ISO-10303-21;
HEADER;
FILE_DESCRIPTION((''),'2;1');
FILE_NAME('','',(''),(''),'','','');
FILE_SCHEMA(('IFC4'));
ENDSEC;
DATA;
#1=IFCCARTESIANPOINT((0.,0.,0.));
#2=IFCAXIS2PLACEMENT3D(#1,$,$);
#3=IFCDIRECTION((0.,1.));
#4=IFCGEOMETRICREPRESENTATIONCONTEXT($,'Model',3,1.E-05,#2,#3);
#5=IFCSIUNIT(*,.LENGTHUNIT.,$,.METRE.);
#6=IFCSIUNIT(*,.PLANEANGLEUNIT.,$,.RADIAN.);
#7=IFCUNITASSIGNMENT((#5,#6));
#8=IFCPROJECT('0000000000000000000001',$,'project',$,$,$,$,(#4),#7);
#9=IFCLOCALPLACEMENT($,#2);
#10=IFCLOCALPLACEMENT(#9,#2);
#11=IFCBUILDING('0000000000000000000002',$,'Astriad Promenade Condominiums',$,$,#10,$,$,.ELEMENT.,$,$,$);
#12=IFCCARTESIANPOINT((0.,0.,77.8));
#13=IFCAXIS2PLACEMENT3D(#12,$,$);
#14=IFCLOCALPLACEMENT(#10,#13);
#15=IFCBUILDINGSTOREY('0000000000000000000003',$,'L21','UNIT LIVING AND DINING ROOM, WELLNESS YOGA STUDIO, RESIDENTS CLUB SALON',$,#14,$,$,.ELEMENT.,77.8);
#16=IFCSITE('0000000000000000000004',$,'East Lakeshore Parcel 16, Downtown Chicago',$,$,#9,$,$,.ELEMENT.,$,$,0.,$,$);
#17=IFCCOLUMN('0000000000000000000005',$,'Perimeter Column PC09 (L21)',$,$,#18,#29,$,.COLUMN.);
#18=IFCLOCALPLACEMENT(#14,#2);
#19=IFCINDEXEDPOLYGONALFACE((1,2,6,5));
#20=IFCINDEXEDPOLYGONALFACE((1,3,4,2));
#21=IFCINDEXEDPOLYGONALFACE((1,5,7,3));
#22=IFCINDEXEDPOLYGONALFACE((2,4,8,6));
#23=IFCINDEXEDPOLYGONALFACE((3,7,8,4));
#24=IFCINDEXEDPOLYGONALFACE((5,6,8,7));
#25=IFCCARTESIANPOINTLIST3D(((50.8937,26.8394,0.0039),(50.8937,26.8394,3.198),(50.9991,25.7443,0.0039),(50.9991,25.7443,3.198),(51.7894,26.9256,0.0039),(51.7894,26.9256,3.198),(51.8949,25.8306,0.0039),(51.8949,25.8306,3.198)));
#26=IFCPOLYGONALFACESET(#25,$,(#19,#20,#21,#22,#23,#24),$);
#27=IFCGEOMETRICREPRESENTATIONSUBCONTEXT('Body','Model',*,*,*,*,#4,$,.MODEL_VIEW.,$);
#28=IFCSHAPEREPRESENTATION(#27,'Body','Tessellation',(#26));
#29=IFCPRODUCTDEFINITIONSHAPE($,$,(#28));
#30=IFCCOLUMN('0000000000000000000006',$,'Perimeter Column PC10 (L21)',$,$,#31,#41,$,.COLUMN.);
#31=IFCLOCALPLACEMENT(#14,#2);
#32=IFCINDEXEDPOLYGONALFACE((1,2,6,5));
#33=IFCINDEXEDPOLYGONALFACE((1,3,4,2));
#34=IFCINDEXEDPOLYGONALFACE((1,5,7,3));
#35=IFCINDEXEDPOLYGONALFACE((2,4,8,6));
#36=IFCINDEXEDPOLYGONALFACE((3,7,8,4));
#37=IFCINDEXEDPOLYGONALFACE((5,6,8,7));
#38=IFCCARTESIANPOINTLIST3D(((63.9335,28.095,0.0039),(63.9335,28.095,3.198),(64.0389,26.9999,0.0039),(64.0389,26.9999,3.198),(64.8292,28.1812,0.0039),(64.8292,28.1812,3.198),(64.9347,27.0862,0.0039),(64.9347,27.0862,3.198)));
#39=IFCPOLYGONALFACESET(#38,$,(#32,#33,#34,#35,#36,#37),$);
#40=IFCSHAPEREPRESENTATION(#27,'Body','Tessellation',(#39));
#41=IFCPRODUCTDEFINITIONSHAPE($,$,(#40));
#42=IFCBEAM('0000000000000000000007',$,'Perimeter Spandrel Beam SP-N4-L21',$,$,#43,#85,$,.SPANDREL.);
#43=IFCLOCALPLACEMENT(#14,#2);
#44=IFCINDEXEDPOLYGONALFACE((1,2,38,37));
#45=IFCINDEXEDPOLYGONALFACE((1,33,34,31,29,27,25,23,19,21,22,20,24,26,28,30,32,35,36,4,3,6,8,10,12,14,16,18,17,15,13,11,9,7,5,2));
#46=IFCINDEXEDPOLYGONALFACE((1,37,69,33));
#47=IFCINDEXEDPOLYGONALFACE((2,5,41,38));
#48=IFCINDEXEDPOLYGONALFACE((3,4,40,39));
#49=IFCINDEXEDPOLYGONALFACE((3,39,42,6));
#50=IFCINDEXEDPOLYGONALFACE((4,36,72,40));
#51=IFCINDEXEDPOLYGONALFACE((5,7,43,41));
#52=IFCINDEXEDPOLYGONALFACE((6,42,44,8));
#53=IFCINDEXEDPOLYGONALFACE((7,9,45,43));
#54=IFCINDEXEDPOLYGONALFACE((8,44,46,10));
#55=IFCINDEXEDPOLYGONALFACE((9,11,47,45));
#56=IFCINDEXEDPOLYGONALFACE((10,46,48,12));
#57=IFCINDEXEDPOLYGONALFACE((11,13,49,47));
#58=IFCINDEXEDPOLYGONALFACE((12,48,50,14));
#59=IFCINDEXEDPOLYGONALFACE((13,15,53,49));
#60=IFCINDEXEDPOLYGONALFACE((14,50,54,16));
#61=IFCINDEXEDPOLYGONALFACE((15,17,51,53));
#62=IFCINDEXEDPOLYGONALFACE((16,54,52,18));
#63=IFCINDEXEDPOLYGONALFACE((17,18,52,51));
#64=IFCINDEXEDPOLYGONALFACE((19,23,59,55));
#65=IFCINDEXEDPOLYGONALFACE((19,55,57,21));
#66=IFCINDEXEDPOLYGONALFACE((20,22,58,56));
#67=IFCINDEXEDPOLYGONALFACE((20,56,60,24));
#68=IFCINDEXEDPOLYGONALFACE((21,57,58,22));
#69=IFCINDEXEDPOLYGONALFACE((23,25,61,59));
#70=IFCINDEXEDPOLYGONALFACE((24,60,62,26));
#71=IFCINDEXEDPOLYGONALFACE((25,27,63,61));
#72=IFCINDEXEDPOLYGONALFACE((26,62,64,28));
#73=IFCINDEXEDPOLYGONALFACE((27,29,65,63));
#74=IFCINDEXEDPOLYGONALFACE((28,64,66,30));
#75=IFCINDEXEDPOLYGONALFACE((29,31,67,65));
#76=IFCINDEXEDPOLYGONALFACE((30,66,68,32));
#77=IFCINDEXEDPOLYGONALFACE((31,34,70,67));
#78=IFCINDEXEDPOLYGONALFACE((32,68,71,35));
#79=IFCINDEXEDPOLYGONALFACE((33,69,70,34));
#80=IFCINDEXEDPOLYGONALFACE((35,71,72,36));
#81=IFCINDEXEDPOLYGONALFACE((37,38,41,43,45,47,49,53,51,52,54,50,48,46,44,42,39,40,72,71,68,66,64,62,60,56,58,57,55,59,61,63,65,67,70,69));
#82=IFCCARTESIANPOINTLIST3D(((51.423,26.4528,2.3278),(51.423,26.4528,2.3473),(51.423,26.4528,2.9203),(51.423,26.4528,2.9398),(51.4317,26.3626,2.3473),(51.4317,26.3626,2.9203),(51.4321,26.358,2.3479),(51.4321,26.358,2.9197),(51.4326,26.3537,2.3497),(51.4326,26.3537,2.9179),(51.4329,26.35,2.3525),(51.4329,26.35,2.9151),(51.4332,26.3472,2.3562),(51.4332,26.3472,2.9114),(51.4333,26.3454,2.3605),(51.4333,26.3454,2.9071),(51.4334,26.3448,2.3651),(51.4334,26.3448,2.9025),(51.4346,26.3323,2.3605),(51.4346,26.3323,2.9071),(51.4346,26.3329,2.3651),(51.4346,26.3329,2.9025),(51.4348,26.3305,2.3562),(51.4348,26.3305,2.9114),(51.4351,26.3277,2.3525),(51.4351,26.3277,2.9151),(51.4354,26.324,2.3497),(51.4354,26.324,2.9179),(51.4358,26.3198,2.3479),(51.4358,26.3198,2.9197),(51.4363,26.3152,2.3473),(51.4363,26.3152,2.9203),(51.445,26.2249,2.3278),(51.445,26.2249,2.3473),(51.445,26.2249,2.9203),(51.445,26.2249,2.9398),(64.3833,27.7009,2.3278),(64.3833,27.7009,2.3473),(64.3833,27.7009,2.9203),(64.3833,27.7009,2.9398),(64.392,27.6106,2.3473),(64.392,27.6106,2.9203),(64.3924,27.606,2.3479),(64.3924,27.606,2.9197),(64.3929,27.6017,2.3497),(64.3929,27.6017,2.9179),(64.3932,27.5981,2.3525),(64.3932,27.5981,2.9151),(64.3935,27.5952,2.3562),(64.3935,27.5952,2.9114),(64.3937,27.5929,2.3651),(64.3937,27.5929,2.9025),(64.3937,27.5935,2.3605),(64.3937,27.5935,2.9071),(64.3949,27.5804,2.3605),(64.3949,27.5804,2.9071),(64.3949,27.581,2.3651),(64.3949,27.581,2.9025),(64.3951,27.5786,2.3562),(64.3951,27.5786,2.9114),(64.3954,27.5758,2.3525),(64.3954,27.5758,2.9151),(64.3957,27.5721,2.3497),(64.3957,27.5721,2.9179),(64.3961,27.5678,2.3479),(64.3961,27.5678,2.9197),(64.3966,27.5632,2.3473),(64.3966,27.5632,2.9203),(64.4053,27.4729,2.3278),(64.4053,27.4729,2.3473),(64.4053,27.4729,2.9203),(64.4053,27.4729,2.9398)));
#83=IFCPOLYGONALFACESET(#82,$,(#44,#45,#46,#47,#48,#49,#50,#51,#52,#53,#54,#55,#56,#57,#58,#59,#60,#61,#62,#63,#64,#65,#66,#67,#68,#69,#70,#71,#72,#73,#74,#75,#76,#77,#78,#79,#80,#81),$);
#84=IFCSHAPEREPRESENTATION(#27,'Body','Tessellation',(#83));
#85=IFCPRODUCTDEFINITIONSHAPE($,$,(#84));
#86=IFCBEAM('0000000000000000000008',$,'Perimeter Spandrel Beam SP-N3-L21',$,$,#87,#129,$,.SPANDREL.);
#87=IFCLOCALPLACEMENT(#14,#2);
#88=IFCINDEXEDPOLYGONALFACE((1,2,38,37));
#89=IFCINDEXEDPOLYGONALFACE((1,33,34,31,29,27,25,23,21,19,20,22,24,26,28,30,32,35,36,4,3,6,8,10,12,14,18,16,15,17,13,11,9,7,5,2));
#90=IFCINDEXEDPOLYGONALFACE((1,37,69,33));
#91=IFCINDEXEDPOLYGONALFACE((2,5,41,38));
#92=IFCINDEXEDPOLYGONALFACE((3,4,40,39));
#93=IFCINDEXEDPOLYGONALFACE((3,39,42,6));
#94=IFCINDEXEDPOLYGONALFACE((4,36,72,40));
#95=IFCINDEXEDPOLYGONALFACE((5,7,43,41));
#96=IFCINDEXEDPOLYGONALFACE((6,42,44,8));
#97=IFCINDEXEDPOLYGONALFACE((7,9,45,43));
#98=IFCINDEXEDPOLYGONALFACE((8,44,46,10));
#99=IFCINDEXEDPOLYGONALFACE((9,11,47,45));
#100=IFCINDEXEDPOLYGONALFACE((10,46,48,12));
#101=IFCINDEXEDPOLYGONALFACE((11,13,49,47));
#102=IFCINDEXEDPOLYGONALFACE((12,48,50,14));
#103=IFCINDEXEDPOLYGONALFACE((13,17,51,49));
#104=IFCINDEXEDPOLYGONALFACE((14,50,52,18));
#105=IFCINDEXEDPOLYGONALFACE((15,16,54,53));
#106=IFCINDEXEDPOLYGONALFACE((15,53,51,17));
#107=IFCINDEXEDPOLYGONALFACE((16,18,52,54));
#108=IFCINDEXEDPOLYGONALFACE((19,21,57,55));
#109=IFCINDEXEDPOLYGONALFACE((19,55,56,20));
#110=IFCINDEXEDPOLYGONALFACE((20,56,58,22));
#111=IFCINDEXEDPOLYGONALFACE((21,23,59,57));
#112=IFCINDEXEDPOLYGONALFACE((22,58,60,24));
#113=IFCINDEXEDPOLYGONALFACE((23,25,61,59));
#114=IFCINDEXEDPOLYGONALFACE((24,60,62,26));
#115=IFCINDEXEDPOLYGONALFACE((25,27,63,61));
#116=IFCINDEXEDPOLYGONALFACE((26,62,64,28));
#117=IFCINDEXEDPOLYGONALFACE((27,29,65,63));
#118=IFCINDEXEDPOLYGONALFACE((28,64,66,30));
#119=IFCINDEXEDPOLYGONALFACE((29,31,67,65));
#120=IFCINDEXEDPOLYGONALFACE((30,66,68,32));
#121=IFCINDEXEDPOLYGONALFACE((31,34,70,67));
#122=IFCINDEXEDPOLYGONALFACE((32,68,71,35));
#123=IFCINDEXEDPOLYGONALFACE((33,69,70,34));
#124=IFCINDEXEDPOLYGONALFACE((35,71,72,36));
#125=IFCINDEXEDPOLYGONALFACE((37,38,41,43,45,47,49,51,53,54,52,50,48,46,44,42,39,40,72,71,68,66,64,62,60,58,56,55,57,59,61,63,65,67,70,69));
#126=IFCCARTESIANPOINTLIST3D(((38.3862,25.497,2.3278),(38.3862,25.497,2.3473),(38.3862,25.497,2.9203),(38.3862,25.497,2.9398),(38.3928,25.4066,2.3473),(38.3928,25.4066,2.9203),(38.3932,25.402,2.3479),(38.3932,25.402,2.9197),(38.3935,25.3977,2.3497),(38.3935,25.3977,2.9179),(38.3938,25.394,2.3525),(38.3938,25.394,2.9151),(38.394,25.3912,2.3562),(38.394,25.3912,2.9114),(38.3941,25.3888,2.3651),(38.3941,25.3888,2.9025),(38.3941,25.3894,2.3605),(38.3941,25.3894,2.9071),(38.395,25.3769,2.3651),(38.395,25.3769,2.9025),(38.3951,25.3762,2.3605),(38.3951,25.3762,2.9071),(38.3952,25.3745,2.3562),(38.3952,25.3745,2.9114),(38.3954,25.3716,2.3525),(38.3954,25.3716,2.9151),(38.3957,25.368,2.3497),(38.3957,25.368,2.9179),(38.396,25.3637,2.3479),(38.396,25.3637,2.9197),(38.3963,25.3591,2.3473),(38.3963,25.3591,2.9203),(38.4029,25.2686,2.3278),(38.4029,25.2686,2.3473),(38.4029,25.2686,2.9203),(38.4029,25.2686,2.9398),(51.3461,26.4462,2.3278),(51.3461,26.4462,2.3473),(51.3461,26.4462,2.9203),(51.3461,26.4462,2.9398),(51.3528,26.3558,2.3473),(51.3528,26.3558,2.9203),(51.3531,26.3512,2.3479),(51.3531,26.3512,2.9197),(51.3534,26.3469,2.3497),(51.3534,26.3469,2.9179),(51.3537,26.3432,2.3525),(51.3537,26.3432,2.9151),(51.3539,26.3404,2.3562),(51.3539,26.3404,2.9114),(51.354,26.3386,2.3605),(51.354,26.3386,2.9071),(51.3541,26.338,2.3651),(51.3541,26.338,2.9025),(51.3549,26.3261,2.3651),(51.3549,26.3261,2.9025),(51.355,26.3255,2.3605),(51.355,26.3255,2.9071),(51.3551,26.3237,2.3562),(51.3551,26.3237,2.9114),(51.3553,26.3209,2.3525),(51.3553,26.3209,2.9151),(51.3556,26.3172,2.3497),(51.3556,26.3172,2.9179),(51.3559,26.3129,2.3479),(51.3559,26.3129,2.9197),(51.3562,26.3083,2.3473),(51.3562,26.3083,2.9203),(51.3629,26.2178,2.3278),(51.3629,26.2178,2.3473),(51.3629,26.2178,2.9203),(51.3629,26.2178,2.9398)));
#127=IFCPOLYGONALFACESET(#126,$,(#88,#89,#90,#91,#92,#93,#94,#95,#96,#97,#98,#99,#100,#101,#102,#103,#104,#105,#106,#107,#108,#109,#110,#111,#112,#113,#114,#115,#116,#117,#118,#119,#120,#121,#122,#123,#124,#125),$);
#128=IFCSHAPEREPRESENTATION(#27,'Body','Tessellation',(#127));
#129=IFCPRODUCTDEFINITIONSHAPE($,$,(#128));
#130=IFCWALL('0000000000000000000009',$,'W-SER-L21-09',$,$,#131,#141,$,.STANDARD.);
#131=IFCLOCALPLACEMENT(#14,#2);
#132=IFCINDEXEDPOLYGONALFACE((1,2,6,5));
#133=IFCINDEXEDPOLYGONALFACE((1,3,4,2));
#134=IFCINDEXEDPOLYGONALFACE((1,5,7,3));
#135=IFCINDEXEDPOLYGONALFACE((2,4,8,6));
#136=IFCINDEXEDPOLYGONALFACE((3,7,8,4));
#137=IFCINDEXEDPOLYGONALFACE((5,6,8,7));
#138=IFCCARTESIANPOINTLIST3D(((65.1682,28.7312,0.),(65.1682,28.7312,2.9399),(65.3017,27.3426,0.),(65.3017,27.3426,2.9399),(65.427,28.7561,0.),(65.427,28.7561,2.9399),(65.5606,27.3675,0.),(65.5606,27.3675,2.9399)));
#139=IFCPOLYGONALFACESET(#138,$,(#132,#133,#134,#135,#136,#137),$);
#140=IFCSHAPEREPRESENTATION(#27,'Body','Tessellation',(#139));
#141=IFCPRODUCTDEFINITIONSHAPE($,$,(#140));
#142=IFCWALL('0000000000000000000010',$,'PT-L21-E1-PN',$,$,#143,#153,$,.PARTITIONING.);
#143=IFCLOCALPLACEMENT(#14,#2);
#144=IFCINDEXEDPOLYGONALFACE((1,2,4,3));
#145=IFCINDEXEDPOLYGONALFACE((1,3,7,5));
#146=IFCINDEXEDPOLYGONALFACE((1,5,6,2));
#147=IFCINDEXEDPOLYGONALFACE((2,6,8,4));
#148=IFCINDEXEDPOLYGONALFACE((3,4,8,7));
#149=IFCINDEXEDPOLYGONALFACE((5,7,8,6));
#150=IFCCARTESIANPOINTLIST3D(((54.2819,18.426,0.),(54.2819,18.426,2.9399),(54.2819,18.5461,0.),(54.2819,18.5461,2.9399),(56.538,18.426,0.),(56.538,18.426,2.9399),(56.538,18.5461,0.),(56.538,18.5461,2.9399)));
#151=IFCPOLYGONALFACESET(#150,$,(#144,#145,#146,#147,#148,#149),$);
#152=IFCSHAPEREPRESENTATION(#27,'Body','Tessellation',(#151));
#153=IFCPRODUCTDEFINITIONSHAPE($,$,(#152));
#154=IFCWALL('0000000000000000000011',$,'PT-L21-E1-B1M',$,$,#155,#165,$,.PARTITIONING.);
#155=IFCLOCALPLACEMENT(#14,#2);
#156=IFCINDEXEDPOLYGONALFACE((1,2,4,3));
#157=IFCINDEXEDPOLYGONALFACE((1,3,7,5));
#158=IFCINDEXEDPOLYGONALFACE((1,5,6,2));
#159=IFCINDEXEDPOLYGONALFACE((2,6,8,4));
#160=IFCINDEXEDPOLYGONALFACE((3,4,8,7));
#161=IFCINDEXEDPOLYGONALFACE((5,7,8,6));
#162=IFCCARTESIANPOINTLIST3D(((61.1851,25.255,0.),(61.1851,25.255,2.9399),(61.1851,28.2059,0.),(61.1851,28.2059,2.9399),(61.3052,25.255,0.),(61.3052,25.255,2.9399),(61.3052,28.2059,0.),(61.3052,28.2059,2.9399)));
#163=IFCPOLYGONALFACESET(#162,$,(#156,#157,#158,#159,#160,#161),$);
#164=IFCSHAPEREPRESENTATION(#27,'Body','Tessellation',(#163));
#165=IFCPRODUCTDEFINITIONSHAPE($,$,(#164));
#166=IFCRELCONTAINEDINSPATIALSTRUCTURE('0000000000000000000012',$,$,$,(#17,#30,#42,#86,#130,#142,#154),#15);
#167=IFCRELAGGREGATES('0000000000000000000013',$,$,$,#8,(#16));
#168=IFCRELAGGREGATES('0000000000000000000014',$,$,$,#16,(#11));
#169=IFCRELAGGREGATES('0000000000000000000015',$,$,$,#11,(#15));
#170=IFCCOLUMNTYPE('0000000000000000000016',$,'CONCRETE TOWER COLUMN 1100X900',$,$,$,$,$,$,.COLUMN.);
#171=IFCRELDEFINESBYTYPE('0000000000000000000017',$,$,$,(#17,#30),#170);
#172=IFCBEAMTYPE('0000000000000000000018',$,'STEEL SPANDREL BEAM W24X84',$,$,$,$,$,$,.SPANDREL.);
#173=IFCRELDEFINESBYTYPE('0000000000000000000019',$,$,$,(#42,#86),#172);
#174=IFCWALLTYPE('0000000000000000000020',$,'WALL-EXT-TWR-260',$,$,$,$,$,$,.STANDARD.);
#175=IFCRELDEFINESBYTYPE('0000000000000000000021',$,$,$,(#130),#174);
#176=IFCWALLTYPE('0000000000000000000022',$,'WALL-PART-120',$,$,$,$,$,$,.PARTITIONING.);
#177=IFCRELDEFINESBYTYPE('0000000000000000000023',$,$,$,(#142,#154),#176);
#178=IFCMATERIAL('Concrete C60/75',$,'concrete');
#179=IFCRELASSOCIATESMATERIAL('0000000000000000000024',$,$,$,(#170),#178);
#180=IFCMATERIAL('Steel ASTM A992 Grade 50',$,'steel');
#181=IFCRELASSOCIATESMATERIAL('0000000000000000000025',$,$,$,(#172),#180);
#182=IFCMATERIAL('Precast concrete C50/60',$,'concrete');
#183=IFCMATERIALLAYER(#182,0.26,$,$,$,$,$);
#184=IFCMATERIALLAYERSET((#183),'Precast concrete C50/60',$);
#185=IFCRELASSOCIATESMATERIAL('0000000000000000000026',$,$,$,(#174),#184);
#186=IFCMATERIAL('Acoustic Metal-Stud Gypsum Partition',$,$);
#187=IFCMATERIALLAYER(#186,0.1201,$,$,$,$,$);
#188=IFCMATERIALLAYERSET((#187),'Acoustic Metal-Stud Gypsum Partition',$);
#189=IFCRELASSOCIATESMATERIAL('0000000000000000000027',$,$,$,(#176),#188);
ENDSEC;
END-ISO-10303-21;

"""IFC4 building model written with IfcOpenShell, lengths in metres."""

from ifc_helpers import new_model, si_unit, direction, frame, frame_2d, origin, origin_2d, place, context, subcontext, project, spatial, rectangle, i_section, extrude, source, transform, mapped, material, layer, layer_set, material_profile, profile_set, type_object, type_shapes, element, save


model = new_model("IFC4")

# Units and contexts
model_context = context("Model", 3, precision=1e-05, world=origin(), true_north=direction((0.0, 1.0)))
body_context = subcontext(model_context, "Body", "Model", "MODEL_VIEW")
ifc_project = project(units=[si_unit("LENGTHUNIT", "METRE"), si_unit("PLANEANGLEUNIT", "RADIAN")], contexts=[model_context])

# Site, building, storey
site_placement = place(None, origin())
site = spatial("IfcSite", under=ifc_project, at=site_placement, Name="East Lakeshore Parcel 16, Downtown Chicago", CompositionType="ELEMENT", RefElevation=0.0)
building_placement = place(site_placement, origin())
building = spatial("IfcBuilding", under=site, at=building_placement, Name="Astriad Promenade Condominiums", CompositionType="ELEMENT")
storey_placement = place(building_placement, frame((0.0, 0.0, 77.8)))
storey = spatial("IfcBuildingStorey", under=building, at=storey_placement, Name="L21", Description="UNIT LIVING AND DINING ROOM, WELLNESS YOGA STUDIO, RESIDENTS CLUB SALON", CompositionType="ELEMENT", Elevation=77.8)

# Columns
ifc_material_1 = material(Name="Concrete C60/75", Category="concrete")
ifc_material_profile_1 = material_profile(ifc_material_1, rectangle(XDim=0.8999, YDim=1.1001, at=origin_2d()), Name="RC-COL-1100X900")
ifc_profile_set_1 = profile_set([ifc_material_profile_1], Name="Concrete C60/75")
column_type = type_object("IfcColumnType", Name="CONCRETE TOWER COLUMN 1100X900", PredefinedType="COLUMN", material=ifc_profile_set_1)
shared_shape_1 = source(origin(), body_context, "Body", "SweptSolid", [
    extrude(rectangle(XDim=0.8999, YDim=1.1001, at=origin_2d()), origin(), (0.0, 0.0, 1.0), 3.1941),
])
type_shapes(column_type, [shared_shape_1])
for number, where, z_axis, x_axis, name in (
    (1, (51.3943, 26.335, 0.0039), (0.0, 0.0, 1.0), (0.995396, 0.095846, 0.0), "Perimeter Column PC09 (L21)"),
    (2, (64.4341, 27.5906, 0.0039), (0.0, 0.0, 1.0), (0.995396, 0.095846, 0.0), "Perimeter Column PC10 (L21)"),
):
    element("IfcColumn", number, at=place(storey_placement, frame(where, z_axis=z_axis, x_axis=x_axis)), inside=storey, type_object=column_type, Name=name, PredefinedType="COLUMN", context=body_context, shape_type="MappedRepresentation", body=[
        mapped(shared_shape_1, transform((0.0, 0.0, 0.0), scale=1.0)),
    ])

# Beams
ifc_material_2 = material(Name="Steel ASTM A992 Grade 50", Category="steel")
ifc_material_profile_2 = material_profile(ifc_material_2, i_section(OverallWidth=0.229, OverallDepth=0.6121, WebThickness=0.012, FlangeThickness=0.0195, FilletRadius=0.0178, at=origin_2d()), Name="W24X84")
ifc_profile_set_2 = profile_set([ifc_material_profile_2], Name="Steel ASTM A992 Grade 50")
beam_type = type_object("IfcBeamType", Name="STEEL SPANDREL BEAM W24X84", PredefinedType="SPANDREL", material=ifc_profile_set_2)
shared_shape_2 = source(origin(), body_context, "Body", "SweptSolid", [
    extrude(i_section(OverallWidth=0.229, OverallDepth=0.6121, WebThickness=0.012, FlangeThickness=0.0195, FilletRadius=0.0178, at=origin_2d()), origin(), (0.0, 0.0, 1.0), 13.0203),
])
beam_1_placement = place(storey_placement, frame((64.3943, 27.5869, 2.6338), z_axis=(-0.995395, -0.095855, 0.0), x_axis=(0.095855, -0.995395, 0.0)))
element("IfcBeam", 3, at=beam_1_placement, inside=storey, type_object=beam_type, Name="Perimeter Spandrel Beam SP-N4-L21", PredefinedType="SPANDREL", context=body_context, shape_type="MappedRepresentation", body=[
    mapped(shared_shape_2, transform((0.0, 0.0, 0.0), scale=1.0)),
])
shared_shape_3 = source(origin(), body_context, "Body", "SweptSolid", [
    extrude(i_section(OverallWidth=0.229, OverallDepth=0.6121, WebThickness=0.012, FlangeThickness=0.0195, FilletRadius=0.0178, at=origin_2d()), origin(), (0.0, 0.0, 1.0), 12.9946),
])
type_shapes(beam_type, [shared_shape_2, shared_shape_3])
beam_2_placement = place(storey_placement, frame((51.3545, 26.332, 2.6338), z_axis=(-0.997329, -0.073047, 0.0), x_axis=(0.073047, -0.997329, 0.0)))
element("IfcBeam", 4, at=beam_2_placement, inside=storey, type_object=beam_type, Name="Perimeter Spandrel Beam SP-N3-L21", PredefinedType="SPANDREL", context=body_context, shape_type="MappedRepresentation", body=[
    mapped(shared_shape_3, transform((0.0, 0.0, 0.0), scale=1.0)),
])

# Walls
ifc_material_3 = material(Name="Precast concrete C50/60", Category="concrete")
ifc_layer_1 = layer(ifc_material_3, 0.26)
ifc_layer_set_1 = layer_set([ifc_layer_1], Name="Precast concrete C50/60")
wall_type_1 = type_object("IfcWallType", Name="WALL-EXT-TWR-260", PredefinedType="STANDARD", material=ifc_layer_set_1)
wall_1_placement = place(storey_placement, frame((65.2976, 28.7437, 0.0), z_axis=(0.0, 0.0, 1.0), x_axis=(0.095726, -0.995408, 0.0)))
element("IfcWall", 5, at=wall_1_placement, inside=storey, type_object=wall_type_1, Name="W-SER-L21-09", PredefinedType="STANDARD", context=body_context, shape_type="SweptSolid", body=[
    extrude(rectangle(XDim=1.395, YDim=0.26, at=frame_2d((0.6975, 0.0))), origin(), (0.0, 0.0, 1.0), 2.9399),
])
ifc_material_4 = material(Name="Acoustic Metal-Stud Gypsum Partition")
ifc_layer_2 = layer(ifc_material_4, 0.1201)
ifc_layer_set_2 = layer_set([ifc_layer_2], Name="Acoustic Metal-Stud Gypsum Partition")
wall_type_2 = type_object("IfcWallType", Name="WALL-PART-120", PredefinedType="PARTITIONING", material=ifc_layer_set_2)
wall_2_placement = place(storey_placement, frame((54.282, 18.4861, 0.0), z_axis=(0.0, 0.0, 1.0), x_axis=(1.0, 0.0, 0.0)))
element("IfcWall", 6, at=wall_2_placement, inside=storey, type_object=wall_type_2, Name="PT-L21-E1-PN", PredefinedType="PARTITIONING", context=body_context, shape_type="SweptSolid", body=[
    extrude(rectangle(XDim=2.2561, YDim=0.1201, at=frame_2d((1.1279, 0.0))), origin(), (0.0, 0.0, 1.0), 2.9399),
])
wall_3_placement = place(storey_placement, frame((61.2451, 25.2549, 0.0), z_axis=(0.0, 0.0, 1.0), x_axis=(0.0, 1.0, 0.0)))
element("IfcWall", 7, at=wall_3_placement, inside=storey, type_object=wall_type_2, Name="PT-L21-E1-B1M", PredefinedType="PARTITIONING", context=body_context, shape_type="SweptSolid", body=[
    extrude(rectangle(XDim=2.9509, YDim=0.1201, at=frame_2d((1.4756, 0.0))), origin(), (0.0, 0.0, 1.0), 2.9399),
])

save(model, "model.ifc")
